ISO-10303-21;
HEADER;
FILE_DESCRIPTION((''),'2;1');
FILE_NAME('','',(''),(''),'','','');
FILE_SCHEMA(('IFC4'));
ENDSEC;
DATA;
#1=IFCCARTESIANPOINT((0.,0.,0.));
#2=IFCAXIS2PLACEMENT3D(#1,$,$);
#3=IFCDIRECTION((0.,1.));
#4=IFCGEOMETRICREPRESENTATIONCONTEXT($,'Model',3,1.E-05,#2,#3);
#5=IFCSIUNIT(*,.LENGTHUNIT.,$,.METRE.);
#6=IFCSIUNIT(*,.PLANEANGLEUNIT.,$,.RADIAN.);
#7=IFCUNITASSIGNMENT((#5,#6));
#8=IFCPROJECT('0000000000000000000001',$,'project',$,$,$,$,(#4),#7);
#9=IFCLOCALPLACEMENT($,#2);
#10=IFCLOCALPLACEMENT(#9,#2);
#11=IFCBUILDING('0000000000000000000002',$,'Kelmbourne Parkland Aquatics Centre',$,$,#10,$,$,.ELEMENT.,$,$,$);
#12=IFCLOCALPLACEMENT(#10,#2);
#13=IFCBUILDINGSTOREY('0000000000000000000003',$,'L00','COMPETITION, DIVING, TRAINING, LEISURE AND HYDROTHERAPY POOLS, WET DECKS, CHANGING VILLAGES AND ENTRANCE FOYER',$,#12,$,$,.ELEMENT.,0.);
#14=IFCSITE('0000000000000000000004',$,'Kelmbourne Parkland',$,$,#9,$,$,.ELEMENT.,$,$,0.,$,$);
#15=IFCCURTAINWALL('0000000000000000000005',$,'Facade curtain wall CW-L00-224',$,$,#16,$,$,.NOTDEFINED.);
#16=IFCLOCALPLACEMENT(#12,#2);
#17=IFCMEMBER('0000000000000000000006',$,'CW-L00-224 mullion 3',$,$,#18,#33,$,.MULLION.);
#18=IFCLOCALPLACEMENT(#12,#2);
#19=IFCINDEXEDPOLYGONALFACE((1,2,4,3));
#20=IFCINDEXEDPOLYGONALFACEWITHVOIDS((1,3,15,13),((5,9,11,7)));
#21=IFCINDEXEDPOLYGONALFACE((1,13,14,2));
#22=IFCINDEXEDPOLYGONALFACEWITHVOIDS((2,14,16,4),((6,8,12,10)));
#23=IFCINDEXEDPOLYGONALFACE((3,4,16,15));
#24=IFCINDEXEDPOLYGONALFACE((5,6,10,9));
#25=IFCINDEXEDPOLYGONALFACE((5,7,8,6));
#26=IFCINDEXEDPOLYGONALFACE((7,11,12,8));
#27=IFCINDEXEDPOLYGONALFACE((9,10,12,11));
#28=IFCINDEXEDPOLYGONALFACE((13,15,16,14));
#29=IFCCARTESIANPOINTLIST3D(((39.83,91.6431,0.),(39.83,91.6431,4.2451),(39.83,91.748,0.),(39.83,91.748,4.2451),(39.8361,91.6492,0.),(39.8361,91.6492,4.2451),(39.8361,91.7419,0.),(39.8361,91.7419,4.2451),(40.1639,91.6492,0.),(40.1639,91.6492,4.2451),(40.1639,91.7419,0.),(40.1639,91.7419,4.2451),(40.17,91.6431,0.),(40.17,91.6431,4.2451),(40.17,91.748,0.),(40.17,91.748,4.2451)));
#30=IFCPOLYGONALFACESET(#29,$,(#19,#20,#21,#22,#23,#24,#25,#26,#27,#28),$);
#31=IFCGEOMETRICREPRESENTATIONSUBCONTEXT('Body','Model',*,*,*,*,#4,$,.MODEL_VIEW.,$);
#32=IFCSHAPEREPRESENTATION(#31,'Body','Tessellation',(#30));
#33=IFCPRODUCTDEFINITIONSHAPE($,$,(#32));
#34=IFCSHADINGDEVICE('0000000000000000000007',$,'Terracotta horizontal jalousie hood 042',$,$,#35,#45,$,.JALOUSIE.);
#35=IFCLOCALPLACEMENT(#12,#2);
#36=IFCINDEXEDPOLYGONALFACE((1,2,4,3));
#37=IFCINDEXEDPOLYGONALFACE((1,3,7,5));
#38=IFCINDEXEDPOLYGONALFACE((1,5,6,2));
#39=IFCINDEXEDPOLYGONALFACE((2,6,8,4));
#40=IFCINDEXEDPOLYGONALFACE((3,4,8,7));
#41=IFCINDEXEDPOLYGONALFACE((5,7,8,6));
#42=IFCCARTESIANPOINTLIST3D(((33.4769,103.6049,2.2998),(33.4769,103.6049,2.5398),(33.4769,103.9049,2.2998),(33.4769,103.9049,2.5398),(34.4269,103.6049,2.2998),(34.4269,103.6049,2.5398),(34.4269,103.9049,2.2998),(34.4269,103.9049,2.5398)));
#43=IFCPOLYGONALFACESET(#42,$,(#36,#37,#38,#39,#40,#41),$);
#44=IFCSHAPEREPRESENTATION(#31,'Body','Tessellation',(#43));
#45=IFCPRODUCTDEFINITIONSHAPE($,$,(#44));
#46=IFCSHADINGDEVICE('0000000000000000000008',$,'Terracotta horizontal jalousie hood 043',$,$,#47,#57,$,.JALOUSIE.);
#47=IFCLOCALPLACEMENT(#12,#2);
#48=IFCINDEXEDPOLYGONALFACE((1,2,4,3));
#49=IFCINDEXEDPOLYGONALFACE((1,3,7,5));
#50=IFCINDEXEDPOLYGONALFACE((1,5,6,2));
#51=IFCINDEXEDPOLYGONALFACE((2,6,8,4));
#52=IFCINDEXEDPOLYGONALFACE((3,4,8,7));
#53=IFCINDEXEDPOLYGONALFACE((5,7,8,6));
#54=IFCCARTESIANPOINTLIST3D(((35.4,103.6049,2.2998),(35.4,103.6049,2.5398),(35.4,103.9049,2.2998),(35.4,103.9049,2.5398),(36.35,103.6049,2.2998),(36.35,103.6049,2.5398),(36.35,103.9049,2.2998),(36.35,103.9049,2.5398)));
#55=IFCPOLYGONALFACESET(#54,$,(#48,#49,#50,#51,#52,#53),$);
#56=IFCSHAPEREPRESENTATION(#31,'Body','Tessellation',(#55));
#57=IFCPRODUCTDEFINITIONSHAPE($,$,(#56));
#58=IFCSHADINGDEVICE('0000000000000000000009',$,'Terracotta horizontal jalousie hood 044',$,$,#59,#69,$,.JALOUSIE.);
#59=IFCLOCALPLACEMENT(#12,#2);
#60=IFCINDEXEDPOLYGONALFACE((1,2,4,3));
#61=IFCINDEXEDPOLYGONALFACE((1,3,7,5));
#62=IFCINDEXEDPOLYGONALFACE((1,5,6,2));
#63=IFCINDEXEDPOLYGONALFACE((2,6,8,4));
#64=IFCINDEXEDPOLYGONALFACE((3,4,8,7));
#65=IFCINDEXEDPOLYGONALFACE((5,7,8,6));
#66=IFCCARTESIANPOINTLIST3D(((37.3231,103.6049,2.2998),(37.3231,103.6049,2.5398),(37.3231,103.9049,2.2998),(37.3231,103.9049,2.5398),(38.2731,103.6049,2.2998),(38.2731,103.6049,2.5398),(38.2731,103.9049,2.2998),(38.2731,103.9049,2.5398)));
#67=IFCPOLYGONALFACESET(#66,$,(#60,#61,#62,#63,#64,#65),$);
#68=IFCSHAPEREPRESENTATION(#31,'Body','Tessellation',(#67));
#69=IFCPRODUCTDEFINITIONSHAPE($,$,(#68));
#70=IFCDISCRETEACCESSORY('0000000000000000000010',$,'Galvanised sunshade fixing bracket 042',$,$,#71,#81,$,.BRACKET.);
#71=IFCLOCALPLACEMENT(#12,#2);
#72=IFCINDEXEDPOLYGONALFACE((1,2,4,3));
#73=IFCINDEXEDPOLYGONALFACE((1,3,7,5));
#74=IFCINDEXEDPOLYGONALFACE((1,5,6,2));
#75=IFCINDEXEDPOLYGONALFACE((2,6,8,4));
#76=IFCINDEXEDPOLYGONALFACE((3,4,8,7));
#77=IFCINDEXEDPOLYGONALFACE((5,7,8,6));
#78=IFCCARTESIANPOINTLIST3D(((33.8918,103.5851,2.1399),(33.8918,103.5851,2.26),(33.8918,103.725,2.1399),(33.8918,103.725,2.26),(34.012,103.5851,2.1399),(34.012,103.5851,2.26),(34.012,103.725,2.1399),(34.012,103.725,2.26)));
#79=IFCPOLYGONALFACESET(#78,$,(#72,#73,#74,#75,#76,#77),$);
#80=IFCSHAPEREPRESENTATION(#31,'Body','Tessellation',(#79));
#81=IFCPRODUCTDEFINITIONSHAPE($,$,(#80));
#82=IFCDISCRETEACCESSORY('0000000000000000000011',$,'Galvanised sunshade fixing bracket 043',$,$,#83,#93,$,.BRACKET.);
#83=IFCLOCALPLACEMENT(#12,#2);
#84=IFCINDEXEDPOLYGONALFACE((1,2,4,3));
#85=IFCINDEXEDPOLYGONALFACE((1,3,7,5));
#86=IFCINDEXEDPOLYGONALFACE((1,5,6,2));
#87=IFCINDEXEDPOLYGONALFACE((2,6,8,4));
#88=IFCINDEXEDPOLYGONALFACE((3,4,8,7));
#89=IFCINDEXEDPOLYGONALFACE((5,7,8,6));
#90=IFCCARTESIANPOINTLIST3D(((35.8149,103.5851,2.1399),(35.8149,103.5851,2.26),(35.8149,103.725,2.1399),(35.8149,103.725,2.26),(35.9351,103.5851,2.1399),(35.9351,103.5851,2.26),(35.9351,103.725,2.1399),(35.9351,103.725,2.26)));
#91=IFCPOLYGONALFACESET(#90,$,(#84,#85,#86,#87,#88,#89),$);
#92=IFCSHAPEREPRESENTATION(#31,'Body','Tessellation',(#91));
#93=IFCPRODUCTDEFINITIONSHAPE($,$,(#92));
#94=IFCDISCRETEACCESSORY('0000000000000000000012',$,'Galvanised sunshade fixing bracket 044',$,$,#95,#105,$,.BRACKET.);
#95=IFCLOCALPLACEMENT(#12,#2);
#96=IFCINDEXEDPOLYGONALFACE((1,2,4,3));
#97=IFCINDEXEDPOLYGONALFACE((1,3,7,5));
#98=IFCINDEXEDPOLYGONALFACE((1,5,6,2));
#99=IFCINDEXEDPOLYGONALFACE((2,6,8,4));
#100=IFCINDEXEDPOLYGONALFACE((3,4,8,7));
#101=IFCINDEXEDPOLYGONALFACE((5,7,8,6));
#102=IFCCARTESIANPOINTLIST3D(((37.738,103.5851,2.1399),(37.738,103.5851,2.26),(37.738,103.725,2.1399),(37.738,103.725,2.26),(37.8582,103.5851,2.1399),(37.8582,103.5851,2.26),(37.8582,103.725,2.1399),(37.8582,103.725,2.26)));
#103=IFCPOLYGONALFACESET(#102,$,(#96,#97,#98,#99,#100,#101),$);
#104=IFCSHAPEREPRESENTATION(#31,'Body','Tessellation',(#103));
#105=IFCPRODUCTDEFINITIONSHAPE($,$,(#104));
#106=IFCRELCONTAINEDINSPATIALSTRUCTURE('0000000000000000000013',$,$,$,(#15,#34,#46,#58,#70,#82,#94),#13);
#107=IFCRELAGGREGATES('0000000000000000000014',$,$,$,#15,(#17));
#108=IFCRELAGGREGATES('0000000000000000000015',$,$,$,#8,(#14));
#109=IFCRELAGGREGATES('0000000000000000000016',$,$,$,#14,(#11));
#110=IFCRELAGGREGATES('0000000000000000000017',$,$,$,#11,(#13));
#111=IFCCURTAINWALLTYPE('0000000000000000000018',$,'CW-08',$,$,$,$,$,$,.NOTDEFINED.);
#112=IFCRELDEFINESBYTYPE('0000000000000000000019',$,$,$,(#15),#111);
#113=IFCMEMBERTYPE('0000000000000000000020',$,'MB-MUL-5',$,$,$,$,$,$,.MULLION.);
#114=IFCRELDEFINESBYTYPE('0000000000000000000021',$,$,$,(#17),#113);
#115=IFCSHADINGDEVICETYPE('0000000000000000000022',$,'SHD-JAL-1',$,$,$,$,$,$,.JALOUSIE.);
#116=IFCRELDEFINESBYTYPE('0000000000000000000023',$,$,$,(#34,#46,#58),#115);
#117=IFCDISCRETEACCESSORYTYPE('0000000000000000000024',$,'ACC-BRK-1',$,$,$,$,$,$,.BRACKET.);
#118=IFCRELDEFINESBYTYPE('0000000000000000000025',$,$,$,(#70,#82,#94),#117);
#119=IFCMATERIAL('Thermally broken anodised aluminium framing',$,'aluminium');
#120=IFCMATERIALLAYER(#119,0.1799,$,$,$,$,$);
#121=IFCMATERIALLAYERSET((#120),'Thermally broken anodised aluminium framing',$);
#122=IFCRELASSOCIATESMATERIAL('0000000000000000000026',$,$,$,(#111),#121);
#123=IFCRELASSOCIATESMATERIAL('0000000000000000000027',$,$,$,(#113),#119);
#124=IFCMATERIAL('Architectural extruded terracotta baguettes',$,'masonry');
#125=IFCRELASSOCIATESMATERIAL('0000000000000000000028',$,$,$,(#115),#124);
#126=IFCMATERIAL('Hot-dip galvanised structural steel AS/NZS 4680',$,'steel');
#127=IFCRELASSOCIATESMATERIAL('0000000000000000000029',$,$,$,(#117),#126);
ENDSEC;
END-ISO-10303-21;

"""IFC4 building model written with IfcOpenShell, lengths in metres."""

from ifc_helpers import new_model, si_unit, direction, frame, origin, origin_2d, place, context, subcontext, project, spatial, rectangle, hollow_rectangle, extrude, material, layer, layer_set, material_profile, profile_set, type_object, element, aggregate, save


model = new_model("IFC4")

# Units and contexts
model_context = context("Model", 3, precision=1e-05, world=origin(), true_north=direction((0.0, 1.0)))
body_context = subcontext(model_context, "Body", "Model", "MODEL_VIEW")
ifc_project = project(units=[si_unit("LENGTHUNIT", "METRE"), si_unit("PLANEANGLEUNIT", "RADIAN")], contexts=[model_context])

# Site, building, storey
site_placement = place(None, origin())
site = spatial("IfcSite", under=ifc_project, at=site_placement, Name="Kelmbourne Parkland", CompositionType="ELEMENT", RefElevation=0.0)
building_placement = place(site_placement, origin())
building = spatial("IfcBuilding", under=site, at=building_placement, Name="Kelmbourne Parkland Aquatics Centre", CompositionType="ELEMENT")
storey_placement = place(building_placement, origin())
storey = spatial("IfcBuildingStorey", under=building, at=storey_placement, Name="L00", Description="COMPETITION, DIVING, TRAINING, LEISURE AND HYDROTHERAPY POOLS, WET DECKS, CHANGING VILLAGES AND ENTRANCE FOYER", CompositionType="ELEMENT", Elevation=0.0)

# Curtain wall, member
ifc_material_1 = material(Name="Thermally broken anodised aluminium framing", Category="aluminium")
ifc_layer_1 = layer(ifc_material_1, 0.1799)
ifc_layer_set_1 = layer_set([ifc_layer_1], Name="Thermally broken anodised aluminium framing")
curtain_wall_type = type_object("IfcCurtainWallType", Name="CW-08", PredefinedType="NOTDEFINED", material=ifc_layer_set_1)
curtain_wall_placement = place(storey_placement, origin())
curtain_wall = element("IfcCurtainWall", 1, at=curtain_wall_placement, inside=storey, type_object=curtain_wall_type, Name="Facade curtain wall CW-L00-224", PredefinedType="NOTDEFINED")
ifc_material_profile_1 = material_profile(ifc_material_1, hollow_rectangle(XDim=0.105, YDim=0.3401, WallThickness=0.0061, at=origin_2d()), Name="CW-M 105x340")
ifc_profile_set_1 = profile_set([ifc_material_profile_1], Name="Thermally broken anodised aluminium framing")
member_type = type_object("IfcMemberType", Name="MB-MUL-5", PredefinedType="MULLION", material=ifc_profile_set_1)
member_placement = place(storey_placement, frame((40.0, 91.6956, 0.0), z_axis=(0.0, 0.0, 1.0), x_axis=(0.0, 1.0, 0.0)))
member = element("IfcMember", 2, at=member_placement, type_object=member_type, Name="CW-L00-224 mullion 3", PredefinedType="MULLION", context=body_context, shape_type="SweptSolid", body=[
    extrude(hollow_rectangle(XDim=0.105, YDim=0.3401, WallThickness=0.0061, at=origin_2d()), origin(), (0.0, 0.0, 1.0), 4.2451),
])
aggregate(curtain_wall, [member])

# Shading devices
ifc_material_2 = material(Name="Architectural extruded terracotta baguettes", Category="masonry")
shading_device_type = type_object("IfcShadingDeviceType", Name="SHD-JAL-1", PredefinedType="JALOUSIE", material=ifc_material_2)
for number, where, z_axis, x_axis, name in (
    (3, (33.9519, 103.7549, 2.2998), (0.0, 0.0, 1.0), (1.0, 0.0, 0.0), "Terracotta horizontal jalousie hood 042"),
    (4, (35.875, 103.7549, 2.2998), (0.0, 0.0, 1.0), (1.0, 0.0, 0.0), "Terracotta horizontal jalousie hood 043"),
    (5, (37.7981, 103.7549, 2.2998), (0.0, 0.0, 1.0), (1.0, 0.0, 0.0), "Terracotta horizontal jalousie hood 044"),
):
    element("IfcShadingDevice", number, at=place(storey_placement, frame(where, z_axis=z_axis, x_axis=x_axis)), inside=storey, type_object=shading_device_type, Name=name, PredefinedType="JALOUSIE", context=body_context, shape_type="SweptSolid", body=[
        extrude(rectangle(XDim=0.95, YDim=0.3, at=origin_2d()), origin(), (0.0, 0.0, 1.0), 0.24),
    ])

# Discrete accessories
ifc_material_3 = material(Name="Hot-dip galvanised structural steel AS/NZS 4680", Category="steel")
discrete_accessory_type = type_object("IfcDiscreteAccessoryType", Name="ACC-BRK-1", PredefinedType="BRACKET", material=ifc_material_3)
for number, where, z_axis, x_axis, name in (
    (6, (33.9519, 103.655, 2.1399), (0.0, 0.0, 1.0), (1.0, 0.0, 0.0), "Galvanised sunshade fixing bracket 042"),
    (7, (35.875, 103.655, 2.1399), (0.0, 0.0, 1.0), (1.0, 0.0, 0.0), "Galvanised sunshade fixing bracket 043"),
    (8, (37.7981, 103.655, 2.1399), (0.0, 0.0, 1.0), (1.0, 0.0, 0.0), "Galvanised sunshade fixing bracket 044"),
):
    element("IfcDiscreteAccessory", number, at=place(storey_placement, frame(where, z_axis=z_axis, x_axis=x_axis)), inside=storey, type_object=discrete_accessory_type, Name=name, PredefinedType="BRACKET", context=body_context, shape_type="SweptSolid", body=[
        extrude(rectangle(XDim=0.1201, YDim=0.1399, at=origin_2d()), origin(), (0.0, 0.0, 1.0), 0.1201),
    ])

save(model, "model.ifc")
